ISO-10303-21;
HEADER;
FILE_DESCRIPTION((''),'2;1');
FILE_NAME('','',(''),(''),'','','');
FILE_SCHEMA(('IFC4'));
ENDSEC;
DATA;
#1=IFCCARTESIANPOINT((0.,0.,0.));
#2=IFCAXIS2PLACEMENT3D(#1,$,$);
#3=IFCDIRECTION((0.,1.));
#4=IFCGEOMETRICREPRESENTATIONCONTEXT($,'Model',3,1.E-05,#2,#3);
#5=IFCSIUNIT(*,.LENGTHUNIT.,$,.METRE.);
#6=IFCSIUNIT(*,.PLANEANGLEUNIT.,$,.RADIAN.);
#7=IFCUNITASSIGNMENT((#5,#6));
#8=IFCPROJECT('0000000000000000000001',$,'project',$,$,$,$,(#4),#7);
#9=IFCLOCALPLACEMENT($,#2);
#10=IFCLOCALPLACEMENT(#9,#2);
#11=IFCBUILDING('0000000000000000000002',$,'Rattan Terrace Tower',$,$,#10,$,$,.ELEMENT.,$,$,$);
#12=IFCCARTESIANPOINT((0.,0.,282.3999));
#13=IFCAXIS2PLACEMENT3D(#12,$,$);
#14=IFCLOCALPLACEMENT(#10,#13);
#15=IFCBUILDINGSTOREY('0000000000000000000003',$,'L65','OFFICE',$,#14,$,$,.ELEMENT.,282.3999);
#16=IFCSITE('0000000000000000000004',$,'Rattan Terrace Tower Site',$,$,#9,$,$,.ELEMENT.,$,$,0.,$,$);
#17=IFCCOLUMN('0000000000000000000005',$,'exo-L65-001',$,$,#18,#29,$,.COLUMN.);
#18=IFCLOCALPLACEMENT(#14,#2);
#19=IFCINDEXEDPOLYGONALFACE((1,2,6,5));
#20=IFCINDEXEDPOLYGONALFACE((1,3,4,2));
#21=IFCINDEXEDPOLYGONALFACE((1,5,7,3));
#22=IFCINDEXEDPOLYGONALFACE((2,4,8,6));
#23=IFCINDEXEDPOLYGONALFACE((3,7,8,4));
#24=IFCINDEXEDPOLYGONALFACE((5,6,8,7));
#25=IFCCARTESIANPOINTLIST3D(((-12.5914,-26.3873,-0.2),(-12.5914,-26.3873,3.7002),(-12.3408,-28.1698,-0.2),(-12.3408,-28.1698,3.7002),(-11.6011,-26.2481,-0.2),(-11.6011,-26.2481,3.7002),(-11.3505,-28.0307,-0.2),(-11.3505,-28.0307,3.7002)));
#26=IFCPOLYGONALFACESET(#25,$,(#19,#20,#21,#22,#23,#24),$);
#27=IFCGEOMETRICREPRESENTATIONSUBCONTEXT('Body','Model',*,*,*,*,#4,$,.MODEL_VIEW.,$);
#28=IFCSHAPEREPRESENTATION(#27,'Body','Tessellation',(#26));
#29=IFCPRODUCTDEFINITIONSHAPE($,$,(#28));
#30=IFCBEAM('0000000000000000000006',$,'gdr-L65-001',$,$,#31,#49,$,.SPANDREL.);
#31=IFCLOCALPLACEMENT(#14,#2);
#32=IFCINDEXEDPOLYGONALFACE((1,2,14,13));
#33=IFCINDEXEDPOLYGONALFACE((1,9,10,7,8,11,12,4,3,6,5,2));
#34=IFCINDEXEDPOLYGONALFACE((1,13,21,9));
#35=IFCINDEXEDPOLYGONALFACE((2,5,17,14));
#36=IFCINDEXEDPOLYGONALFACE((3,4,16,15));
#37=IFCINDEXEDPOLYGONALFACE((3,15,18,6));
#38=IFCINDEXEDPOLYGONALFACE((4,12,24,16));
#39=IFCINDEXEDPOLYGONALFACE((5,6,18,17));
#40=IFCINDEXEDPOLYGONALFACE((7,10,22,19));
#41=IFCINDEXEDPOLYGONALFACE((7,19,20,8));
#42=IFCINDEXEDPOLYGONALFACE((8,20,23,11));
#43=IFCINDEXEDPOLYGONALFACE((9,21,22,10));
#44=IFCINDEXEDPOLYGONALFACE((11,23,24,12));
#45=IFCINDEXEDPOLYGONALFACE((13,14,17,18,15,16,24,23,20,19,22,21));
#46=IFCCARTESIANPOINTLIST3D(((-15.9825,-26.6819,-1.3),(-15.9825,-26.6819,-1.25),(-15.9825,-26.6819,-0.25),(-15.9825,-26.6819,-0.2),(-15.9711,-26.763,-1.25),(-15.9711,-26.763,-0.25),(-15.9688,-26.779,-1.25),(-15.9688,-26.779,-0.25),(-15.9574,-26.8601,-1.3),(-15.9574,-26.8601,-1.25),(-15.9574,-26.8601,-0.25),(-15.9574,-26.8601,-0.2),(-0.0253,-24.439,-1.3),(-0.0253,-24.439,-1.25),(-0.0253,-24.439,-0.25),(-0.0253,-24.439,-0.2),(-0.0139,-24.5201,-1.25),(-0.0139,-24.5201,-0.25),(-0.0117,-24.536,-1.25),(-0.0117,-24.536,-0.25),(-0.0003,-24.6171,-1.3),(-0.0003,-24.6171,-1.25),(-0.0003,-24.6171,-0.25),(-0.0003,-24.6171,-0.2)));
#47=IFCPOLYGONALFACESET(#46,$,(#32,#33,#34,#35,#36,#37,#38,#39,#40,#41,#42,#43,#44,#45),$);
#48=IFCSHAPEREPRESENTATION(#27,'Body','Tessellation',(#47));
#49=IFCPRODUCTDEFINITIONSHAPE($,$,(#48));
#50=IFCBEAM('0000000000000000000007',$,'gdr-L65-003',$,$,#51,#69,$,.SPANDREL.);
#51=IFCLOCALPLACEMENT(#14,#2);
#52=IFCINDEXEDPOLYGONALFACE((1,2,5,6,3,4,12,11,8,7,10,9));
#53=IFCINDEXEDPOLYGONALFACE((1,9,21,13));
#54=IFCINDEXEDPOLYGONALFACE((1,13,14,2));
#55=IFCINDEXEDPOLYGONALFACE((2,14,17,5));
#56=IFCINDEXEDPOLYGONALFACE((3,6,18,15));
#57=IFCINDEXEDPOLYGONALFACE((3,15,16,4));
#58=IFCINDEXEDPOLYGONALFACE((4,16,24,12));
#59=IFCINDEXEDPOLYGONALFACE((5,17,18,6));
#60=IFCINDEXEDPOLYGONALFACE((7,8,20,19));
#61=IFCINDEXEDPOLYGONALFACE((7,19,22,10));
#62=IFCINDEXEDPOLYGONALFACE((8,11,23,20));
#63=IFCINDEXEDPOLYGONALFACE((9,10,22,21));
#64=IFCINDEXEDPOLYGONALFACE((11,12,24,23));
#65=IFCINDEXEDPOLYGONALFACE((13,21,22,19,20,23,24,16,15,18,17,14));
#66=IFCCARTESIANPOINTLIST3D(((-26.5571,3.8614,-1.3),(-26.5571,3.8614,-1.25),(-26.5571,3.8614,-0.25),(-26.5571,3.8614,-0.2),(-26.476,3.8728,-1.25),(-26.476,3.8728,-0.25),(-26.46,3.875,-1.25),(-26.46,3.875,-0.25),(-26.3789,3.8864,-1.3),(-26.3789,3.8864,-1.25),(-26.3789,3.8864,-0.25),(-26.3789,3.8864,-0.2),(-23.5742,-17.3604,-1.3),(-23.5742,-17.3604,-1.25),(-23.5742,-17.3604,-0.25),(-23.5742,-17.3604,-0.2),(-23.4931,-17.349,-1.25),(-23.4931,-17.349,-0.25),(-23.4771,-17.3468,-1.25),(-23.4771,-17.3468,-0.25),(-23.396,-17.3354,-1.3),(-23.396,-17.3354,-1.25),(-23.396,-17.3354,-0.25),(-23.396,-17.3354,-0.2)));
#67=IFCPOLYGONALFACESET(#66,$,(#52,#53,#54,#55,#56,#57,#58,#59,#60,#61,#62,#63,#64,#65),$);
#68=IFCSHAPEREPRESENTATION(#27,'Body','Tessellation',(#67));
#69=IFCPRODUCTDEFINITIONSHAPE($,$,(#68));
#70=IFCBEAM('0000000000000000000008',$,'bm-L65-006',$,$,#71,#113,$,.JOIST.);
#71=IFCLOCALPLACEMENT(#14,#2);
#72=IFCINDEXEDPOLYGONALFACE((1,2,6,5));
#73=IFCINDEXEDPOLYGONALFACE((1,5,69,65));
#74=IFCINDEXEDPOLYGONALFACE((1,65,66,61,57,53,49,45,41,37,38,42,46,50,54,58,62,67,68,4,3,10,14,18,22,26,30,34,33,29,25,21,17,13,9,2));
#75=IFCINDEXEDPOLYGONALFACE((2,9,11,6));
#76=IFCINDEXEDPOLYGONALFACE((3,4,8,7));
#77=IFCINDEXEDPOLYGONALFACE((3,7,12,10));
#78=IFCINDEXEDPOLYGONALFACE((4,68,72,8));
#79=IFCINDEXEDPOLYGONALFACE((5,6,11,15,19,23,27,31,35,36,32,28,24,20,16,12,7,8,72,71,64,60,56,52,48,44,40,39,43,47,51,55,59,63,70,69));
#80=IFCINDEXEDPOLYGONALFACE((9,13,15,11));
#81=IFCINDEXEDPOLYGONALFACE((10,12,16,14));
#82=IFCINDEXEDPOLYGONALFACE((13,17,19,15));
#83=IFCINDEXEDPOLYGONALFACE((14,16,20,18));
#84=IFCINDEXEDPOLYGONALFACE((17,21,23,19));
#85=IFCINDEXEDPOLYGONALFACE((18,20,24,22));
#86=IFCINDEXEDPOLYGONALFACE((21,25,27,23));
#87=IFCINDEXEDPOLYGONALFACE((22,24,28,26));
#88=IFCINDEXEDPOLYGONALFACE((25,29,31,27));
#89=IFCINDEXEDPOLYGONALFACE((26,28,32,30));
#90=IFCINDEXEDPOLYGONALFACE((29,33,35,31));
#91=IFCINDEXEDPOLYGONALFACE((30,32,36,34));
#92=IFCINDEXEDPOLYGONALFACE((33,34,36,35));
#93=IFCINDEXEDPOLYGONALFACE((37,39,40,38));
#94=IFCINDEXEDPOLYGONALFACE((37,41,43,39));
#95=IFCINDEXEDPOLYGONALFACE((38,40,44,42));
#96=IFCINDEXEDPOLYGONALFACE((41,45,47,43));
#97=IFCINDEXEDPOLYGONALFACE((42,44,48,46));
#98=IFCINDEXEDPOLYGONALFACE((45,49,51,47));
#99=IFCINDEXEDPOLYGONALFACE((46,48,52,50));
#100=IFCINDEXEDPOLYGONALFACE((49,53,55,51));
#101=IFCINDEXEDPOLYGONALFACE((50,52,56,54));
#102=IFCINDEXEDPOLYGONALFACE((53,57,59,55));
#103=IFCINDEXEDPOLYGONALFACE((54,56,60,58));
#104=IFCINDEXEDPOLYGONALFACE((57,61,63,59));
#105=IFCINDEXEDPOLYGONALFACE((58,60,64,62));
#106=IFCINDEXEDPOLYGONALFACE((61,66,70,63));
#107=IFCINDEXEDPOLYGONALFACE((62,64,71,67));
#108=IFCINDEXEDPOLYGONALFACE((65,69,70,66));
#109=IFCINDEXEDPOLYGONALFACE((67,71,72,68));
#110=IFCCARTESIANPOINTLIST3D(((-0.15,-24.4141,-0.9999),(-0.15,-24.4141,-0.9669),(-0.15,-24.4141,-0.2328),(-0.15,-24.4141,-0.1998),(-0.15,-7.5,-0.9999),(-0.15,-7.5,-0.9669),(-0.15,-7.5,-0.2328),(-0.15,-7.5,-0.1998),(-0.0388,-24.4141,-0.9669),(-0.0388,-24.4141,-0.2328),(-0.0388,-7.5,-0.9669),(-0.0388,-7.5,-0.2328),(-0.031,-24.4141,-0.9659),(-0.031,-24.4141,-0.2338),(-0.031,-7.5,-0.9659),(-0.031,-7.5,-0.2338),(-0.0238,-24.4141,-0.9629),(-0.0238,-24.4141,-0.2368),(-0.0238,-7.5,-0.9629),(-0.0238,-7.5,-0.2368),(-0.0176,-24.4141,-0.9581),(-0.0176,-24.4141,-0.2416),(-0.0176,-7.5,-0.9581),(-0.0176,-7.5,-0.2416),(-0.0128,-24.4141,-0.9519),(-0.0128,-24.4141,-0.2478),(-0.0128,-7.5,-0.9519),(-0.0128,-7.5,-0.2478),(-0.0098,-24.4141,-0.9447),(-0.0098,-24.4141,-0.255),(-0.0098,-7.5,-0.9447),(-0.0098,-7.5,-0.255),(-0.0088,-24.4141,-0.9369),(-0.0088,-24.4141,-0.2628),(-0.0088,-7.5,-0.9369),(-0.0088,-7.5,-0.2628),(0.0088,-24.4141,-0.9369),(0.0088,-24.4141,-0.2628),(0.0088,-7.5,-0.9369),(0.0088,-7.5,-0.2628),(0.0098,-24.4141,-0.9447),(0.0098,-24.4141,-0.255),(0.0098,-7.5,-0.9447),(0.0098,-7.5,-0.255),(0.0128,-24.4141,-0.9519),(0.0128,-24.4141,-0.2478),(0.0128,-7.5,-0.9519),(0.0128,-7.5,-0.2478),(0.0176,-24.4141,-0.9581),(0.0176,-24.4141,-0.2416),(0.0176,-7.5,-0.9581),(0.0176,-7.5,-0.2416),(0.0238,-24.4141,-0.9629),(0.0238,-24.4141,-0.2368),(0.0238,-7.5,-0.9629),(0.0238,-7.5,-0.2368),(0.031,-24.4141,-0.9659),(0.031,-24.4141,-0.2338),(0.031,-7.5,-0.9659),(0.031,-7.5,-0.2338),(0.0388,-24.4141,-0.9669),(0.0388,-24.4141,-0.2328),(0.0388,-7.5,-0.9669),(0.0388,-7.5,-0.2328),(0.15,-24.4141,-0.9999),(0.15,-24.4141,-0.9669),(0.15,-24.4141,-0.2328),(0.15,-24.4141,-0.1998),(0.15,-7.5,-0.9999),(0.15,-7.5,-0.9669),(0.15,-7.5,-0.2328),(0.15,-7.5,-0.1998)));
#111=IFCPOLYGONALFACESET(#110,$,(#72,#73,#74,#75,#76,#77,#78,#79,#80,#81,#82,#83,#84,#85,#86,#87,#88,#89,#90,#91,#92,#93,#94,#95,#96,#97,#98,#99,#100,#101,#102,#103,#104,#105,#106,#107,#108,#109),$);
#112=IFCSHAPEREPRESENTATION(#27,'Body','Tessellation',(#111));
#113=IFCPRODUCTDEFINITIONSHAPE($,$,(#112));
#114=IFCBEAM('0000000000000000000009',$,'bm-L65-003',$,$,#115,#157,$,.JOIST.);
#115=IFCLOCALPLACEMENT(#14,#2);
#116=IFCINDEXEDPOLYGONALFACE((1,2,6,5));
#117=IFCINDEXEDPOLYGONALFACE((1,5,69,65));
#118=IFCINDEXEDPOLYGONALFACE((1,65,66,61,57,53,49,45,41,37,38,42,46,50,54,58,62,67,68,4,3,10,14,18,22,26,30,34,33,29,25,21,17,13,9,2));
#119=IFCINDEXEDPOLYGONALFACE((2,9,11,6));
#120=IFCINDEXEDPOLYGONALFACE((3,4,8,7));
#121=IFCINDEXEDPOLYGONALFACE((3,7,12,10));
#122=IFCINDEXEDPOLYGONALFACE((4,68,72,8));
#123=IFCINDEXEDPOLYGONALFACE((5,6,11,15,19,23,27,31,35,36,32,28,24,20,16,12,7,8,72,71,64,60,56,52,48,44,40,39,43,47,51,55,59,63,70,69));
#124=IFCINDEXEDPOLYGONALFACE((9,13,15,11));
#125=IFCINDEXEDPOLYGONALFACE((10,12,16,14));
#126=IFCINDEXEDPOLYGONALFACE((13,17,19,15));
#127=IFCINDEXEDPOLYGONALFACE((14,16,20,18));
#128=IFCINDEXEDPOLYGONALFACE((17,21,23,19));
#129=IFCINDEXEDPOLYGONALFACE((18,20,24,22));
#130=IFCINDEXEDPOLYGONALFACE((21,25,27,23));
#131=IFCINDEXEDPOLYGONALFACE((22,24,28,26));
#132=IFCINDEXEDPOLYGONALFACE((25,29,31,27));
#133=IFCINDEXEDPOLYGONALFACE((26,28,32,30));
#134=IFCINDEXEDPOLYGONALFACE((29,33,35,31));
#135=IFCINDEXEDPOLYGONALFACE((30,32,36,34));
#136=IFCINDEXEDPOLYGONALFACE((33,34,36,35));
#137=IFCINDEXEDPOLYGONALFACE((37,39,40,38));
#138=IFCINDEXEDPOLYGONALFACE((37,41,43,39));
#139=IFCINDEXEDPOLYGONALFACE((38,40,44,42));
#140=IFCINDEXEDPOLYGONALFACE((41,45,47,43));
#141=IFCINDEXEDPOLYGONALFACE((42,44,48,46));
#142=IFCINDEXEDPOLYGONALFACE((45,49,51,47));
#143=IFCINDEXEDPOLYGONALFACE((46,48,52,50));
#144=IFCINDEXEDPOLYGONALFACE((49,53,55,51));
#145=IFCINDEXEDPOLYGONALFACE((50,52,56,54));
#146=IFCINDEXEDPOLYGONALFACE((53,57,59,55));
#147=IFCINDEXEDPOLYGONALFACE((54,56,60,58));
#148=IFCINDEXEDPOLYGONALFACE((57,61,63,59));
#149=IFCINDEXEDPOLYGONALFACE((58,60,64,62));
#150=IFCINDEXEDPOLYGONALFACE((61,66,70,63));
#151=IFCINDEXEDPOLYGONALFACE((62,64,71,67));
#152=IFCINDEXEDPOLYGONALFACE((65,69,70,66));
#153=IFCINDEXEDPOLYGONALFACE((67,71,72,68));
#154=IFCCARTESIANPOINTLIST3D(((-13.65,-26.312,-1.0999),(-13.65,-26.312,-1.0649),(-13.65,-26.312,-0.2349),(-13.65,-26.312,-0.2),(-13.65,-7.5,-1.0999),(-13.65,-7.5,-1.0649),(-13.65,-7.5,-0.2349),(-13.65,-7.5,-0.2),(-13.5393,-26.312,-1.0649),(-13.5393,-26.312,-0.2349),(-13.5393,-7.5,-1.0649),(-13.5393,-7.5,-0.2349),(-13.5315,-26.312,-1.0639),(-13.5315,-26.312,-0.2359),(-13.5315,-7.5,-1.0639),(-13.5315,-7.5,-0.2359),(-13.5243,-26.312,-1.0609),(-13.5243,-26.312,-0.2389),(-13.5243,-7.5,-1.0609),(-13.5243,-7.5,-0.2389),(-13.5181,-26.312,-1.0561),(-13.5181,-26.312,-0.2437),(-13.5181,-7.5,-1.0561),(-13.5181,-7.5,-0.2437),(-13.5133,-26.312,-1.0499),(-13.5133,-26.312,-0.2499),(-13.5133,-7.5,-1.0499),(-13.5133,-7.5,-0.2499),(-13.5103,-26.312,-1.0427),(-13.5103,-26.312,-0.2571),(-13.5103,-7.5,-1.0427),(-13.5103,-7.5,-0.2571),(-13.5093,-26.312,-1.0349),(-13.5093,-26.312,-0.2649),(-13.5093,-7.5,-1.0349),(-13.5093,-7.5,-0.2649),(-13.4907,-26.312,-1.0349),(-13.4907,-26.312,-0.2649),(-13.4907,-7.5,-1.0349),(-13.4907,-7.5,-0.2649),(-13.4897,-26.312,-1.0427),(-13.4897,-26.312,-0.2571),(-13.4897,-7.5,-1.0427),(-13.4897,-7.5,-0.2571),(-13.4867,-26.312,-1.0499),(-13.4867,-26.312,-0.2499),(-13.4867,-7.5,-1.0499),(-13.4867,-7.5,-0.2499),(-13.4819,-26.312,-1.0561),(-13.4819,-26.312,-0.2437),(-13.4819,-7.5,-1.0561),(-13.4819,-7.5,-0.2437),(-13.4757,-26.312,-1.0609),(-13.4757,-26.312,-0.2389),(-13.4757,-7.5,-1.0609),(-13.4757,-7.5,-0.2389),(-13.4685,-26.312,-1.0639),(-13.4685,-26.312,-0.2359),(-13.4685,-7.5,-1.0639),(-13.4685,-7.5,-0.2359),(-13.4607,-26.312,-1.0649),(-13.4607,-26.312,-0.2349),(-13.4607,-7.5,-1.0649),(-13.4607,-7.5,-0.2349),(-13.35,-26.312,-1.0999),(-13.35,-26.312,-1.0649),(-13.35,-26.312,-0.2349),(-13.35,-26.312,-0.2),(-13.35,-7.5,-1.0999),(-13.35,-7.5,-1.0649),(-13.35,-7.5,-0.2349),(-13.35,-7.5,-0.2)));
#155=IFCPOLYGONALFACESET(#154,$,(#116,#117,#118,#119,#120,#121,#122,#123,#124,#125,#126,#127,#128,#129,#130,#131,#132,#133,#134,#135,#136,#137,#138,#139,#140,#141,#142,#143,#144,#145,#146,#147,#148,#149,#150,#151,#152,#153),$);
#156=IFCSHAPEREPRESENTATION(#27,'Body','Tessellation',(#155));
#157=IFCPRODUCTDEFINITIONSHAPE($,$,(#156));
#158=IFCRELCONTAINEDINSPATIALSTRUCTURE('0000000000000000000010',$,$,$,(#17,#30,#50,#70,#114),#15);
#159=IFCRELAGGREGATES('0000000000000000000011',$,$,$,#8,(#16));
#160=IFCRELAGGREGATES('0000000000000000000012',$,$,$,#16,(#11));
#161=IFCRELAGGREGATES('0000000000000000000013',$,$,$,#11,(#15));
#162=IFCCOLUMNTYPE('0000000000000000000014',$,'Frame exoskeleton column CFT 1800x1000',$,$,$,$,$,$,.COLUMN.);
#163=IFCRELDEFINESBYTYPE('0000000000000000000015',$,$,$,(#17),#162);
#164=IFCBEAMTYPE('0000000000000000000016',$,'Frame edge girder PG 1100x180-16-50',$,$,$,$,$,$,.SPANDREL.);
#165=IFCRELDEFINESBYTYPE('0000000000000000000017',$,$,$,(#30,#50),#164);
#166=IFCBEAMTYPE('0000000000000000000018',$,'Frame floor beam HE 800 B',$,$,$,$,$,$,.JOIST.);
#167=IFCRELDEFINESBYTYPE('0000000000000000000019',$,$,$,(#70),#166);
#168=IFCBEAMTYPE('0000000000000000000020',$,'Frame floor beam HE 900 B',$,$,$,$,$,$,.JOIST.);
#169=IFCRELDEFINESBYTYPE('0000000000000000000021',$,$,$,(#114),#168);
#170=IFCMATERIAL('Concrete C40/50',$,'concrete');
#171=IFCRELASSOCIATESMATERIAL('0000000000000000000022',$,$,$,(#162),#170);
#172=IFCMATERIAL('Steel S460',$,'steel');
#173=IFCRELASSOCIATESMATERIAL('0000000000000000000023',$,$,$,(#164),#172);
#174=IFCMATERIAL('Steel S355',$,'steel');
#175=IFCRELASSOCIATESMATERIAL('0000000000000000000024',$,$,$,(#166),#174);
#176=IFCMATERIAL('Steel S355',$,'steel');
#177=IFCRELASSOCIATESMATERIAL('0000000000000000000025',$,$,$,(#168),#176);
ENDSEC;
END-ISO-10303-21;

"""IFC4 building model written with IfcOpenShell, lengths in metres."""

from ifc_helpers import new_model, si_unit, direction, frame, origin, origin_2d, place, context, subcontext, project, spatial, rectangle, i_section, extrude, material, material_profile, profile_set, type_object, element, save


model = new_model("IFC4")

# Units and contexts
model_context = context("Model", 3, precision=1e-05, world=origin(), true_north=direction((0.0, 1.0)))
body_context = subcontext(model_context, "Body", "Model", "MODEL_VIEW")
ifc_project = project(units=[si_unit("LENGTHUNIT", "METRE"), si_unit("PLANEANGLEUNIT", "RADIAN")], contexts=[model_context])

# Site, building, storey
site_placement = place(None, origin())
site = spatial("IfcSite", under=ifc_project, at=site_placement, Name="Rattan Terrace Tower Site", CompositionType="ELEMENT", RefElevation=0.0)
building_placement = place(site_placement, origin())
building = spatial("IfcBuilding", under=site, at=building_placement, Name="Rattan Terrace Tower", CompositionType="ELEMENT")
storey_placement = place(building_placement, frame((0.0, 0.0, 282.3999)))
storey = spatial("IfcBuildingStorey", under=building, at=storey_placement, Name="L65", Description="OFFICE", CompositionType="ELEMENT", Elevation=282.3999)

# Column
ifc_material_1 = material(Name="Concrete C40/50", Category="concrete")
ifc_material_profile_1 = material_profile(ifc_material_1, rectangle(XDim=1.0, YDim=1.8, at=origin_2d()), Name="CFT 1800x1000")
ifc_profile_set_1 = profile_set([ifc_material_profile_1], Name="Concrete C40/50")
column_type = type_object("IfcColumnType", Name="Frame exoskeleton column CFT 1800x1000", PredefinedType="COLUMN", material=ifc_profile_set_1)
column_placement = place(storey_placement, frame((-11.9709, -27.209, -0.2), z_axis=(0.0, 0.0, 1.0), x_axis=(0.990266, 0.13919, 0.0)))
element("IfcColumn", 1, at=column_placement, inside=storey, type_object=column_type, Name="exo-L65-001", PredefinedType="COLUMN", context=body_context, shape_type="SweptSolid", body=[
    extrude(rectangle(XDim=1.0, YDim=1.8, at=origin_2d()), origin(), (0.0, 0.0, 1.0), 3.9001),
])

# Beams
ifc_material_2 = material(Name="Steel S460", Category="steel")
ifc_material_profile_2 = material_profile(ifc_material_2, i_section(OverallWidth=0.1799, OverallDepth=1.1001, WebThickness=0.0161, FlangeThickness=0.05, at=origin_2d()), Name="PG 1100x180-16-50")
ifc_profile_set_2 = profile_set([ifc_material_profile_2], Name="Steel S460")
beam_type_1 = type_object("IfcBeamType", Name="Frame edge girder PG 1100x180-16-50", PredefinedType="SPANDREL", material=ifc_profile_set_2)
beam_1_placement = place(storey_placement, frame((-15.97, -26.771, -0.75), z_axis=(0.990265, 0.139192, 0.0), x_axis=(-0.139192, 0.990265, 0.0)))
element("IfcBeam", 2, at=beam_1_placement, inside=storey, type_object=beam_type_1, Name="gdr-L65-001", PredefinedType="SPANDREL", context=body_context, shape_type="SweptSolid", body=[
    extrude(i_section(OverallWidth=0.1799, OverallDepth=1.1001, WebThickness=0.0161, FlangeThickness=0.05, at=origin_2d()), origin(), (0.0, 0.0, 1.0), 16.114),
])
beam_2_placement = place(storey_placement, frame((-23.4851, -17.3479, -0.75), z_axis=(-0.13919, 0.990266, 0.0), x_axis=(-0.990266, -0.13919, 0.0)))
element("IfcBeam", 3, at=beam_2_placement, inside=storey, type_object=beam_type_1, Name="gdr-L65-003", PredefinedType="SPANDREL", context=body_context, shape_type="SweptSolid", body=[
    extrude(i_section(OverallWidth=0.1799, OverallDepth=1.1001, WebThickness=0.0161, FlangeThickness=0.05, at=origin_2d()), origin(), (0.0, 0.0, 1.0), 21.4304),
])
ifc_material_3 = material(Name="Steel S355", Category="steel")
ifc_material_profile_3 = material_profile(ifc_material_3, i_section(OverallWidth=0.3, OverallDepth=0.8, WebThickness=0.0176, FlangeThickness=0.033, FilletRadius=0.03, at=origin_2d()), Name="HE 800 B")
ifc_profile_set_3 = profile_set([ifc_material_profile_3], Name="Steel S355")
beam_type_2 = type_object("IfcBeamType", Name="Frame floor beam HE 800 B", PredefinedType="JOIST", material=ifc_profile_set_3)
beam_3_placement = place(storey_placement, frame((0.0, -24.4141, -0.5999), z_axis=(0.0, 1.0, 0.0), x_axis=(-1.0, 0.0, 0.0)))
element("IfcBeam", 4, at=beam_3_placement, inside=storey, type_object=beam_type_2, Name="bm-L65-006", PredefinedType="JOIST", context=body_context, shape_type="SweptSolid", body=[
    extrude(i_section(OverallWidth=0.3, OverallDepth=0.8, WebThickness=0.0176, FlangeThickness=0.033, FilletRadius=0.03, at=origin_2d()), origin(), (0.0, 0.0, 1.0), 16.9141),
])
ifc_material_4 = material(Name="Steel S355", Category="steel")
ifc_material_profile_4 = material_profile(ifc_material_4, i_section(OverallWidth=0.3, OverallDepth=0.8999, WebThickness=0.0186, FlangeThickness=0.0349, FilletRadius=0.03, at=origin_2d()), Name="HE 900 B")
ifc_profile_set_4 = profile_set([ifc_material_profile_4], Name="Steel S355")
beam_type_3 = type_object("IfcBeamType", Name="Frame floor beam HE 900 B", PredefinedType="JOIST", material=ifc_profile_set_4)
beam_4_placement = place(storey_placement, frame((-13.5, -26.312, -0.6499), z_axis=(0.0, 1.0, 0.0), x_axis=(-1.0, 0.0, 0.0)))
element("IfcBeam", 5, at=beam_4_placement, inside=storey, type_object=beam_type_3, Name="bm-L65-003", PredefinedType="JOIST", context=body_context, shape_type="SweptSolid", body=[
    extrude(i_section(OverallWidth=0.3, OverallDepth=0.8999, WebThickness=0.0186, FlangeThickness=0.0349, FilletRadius=0.03, at=origin_2d()), origin(), (0.0, 0.0, 1.0), 18.812),
])

save(model, "model.ifc")
